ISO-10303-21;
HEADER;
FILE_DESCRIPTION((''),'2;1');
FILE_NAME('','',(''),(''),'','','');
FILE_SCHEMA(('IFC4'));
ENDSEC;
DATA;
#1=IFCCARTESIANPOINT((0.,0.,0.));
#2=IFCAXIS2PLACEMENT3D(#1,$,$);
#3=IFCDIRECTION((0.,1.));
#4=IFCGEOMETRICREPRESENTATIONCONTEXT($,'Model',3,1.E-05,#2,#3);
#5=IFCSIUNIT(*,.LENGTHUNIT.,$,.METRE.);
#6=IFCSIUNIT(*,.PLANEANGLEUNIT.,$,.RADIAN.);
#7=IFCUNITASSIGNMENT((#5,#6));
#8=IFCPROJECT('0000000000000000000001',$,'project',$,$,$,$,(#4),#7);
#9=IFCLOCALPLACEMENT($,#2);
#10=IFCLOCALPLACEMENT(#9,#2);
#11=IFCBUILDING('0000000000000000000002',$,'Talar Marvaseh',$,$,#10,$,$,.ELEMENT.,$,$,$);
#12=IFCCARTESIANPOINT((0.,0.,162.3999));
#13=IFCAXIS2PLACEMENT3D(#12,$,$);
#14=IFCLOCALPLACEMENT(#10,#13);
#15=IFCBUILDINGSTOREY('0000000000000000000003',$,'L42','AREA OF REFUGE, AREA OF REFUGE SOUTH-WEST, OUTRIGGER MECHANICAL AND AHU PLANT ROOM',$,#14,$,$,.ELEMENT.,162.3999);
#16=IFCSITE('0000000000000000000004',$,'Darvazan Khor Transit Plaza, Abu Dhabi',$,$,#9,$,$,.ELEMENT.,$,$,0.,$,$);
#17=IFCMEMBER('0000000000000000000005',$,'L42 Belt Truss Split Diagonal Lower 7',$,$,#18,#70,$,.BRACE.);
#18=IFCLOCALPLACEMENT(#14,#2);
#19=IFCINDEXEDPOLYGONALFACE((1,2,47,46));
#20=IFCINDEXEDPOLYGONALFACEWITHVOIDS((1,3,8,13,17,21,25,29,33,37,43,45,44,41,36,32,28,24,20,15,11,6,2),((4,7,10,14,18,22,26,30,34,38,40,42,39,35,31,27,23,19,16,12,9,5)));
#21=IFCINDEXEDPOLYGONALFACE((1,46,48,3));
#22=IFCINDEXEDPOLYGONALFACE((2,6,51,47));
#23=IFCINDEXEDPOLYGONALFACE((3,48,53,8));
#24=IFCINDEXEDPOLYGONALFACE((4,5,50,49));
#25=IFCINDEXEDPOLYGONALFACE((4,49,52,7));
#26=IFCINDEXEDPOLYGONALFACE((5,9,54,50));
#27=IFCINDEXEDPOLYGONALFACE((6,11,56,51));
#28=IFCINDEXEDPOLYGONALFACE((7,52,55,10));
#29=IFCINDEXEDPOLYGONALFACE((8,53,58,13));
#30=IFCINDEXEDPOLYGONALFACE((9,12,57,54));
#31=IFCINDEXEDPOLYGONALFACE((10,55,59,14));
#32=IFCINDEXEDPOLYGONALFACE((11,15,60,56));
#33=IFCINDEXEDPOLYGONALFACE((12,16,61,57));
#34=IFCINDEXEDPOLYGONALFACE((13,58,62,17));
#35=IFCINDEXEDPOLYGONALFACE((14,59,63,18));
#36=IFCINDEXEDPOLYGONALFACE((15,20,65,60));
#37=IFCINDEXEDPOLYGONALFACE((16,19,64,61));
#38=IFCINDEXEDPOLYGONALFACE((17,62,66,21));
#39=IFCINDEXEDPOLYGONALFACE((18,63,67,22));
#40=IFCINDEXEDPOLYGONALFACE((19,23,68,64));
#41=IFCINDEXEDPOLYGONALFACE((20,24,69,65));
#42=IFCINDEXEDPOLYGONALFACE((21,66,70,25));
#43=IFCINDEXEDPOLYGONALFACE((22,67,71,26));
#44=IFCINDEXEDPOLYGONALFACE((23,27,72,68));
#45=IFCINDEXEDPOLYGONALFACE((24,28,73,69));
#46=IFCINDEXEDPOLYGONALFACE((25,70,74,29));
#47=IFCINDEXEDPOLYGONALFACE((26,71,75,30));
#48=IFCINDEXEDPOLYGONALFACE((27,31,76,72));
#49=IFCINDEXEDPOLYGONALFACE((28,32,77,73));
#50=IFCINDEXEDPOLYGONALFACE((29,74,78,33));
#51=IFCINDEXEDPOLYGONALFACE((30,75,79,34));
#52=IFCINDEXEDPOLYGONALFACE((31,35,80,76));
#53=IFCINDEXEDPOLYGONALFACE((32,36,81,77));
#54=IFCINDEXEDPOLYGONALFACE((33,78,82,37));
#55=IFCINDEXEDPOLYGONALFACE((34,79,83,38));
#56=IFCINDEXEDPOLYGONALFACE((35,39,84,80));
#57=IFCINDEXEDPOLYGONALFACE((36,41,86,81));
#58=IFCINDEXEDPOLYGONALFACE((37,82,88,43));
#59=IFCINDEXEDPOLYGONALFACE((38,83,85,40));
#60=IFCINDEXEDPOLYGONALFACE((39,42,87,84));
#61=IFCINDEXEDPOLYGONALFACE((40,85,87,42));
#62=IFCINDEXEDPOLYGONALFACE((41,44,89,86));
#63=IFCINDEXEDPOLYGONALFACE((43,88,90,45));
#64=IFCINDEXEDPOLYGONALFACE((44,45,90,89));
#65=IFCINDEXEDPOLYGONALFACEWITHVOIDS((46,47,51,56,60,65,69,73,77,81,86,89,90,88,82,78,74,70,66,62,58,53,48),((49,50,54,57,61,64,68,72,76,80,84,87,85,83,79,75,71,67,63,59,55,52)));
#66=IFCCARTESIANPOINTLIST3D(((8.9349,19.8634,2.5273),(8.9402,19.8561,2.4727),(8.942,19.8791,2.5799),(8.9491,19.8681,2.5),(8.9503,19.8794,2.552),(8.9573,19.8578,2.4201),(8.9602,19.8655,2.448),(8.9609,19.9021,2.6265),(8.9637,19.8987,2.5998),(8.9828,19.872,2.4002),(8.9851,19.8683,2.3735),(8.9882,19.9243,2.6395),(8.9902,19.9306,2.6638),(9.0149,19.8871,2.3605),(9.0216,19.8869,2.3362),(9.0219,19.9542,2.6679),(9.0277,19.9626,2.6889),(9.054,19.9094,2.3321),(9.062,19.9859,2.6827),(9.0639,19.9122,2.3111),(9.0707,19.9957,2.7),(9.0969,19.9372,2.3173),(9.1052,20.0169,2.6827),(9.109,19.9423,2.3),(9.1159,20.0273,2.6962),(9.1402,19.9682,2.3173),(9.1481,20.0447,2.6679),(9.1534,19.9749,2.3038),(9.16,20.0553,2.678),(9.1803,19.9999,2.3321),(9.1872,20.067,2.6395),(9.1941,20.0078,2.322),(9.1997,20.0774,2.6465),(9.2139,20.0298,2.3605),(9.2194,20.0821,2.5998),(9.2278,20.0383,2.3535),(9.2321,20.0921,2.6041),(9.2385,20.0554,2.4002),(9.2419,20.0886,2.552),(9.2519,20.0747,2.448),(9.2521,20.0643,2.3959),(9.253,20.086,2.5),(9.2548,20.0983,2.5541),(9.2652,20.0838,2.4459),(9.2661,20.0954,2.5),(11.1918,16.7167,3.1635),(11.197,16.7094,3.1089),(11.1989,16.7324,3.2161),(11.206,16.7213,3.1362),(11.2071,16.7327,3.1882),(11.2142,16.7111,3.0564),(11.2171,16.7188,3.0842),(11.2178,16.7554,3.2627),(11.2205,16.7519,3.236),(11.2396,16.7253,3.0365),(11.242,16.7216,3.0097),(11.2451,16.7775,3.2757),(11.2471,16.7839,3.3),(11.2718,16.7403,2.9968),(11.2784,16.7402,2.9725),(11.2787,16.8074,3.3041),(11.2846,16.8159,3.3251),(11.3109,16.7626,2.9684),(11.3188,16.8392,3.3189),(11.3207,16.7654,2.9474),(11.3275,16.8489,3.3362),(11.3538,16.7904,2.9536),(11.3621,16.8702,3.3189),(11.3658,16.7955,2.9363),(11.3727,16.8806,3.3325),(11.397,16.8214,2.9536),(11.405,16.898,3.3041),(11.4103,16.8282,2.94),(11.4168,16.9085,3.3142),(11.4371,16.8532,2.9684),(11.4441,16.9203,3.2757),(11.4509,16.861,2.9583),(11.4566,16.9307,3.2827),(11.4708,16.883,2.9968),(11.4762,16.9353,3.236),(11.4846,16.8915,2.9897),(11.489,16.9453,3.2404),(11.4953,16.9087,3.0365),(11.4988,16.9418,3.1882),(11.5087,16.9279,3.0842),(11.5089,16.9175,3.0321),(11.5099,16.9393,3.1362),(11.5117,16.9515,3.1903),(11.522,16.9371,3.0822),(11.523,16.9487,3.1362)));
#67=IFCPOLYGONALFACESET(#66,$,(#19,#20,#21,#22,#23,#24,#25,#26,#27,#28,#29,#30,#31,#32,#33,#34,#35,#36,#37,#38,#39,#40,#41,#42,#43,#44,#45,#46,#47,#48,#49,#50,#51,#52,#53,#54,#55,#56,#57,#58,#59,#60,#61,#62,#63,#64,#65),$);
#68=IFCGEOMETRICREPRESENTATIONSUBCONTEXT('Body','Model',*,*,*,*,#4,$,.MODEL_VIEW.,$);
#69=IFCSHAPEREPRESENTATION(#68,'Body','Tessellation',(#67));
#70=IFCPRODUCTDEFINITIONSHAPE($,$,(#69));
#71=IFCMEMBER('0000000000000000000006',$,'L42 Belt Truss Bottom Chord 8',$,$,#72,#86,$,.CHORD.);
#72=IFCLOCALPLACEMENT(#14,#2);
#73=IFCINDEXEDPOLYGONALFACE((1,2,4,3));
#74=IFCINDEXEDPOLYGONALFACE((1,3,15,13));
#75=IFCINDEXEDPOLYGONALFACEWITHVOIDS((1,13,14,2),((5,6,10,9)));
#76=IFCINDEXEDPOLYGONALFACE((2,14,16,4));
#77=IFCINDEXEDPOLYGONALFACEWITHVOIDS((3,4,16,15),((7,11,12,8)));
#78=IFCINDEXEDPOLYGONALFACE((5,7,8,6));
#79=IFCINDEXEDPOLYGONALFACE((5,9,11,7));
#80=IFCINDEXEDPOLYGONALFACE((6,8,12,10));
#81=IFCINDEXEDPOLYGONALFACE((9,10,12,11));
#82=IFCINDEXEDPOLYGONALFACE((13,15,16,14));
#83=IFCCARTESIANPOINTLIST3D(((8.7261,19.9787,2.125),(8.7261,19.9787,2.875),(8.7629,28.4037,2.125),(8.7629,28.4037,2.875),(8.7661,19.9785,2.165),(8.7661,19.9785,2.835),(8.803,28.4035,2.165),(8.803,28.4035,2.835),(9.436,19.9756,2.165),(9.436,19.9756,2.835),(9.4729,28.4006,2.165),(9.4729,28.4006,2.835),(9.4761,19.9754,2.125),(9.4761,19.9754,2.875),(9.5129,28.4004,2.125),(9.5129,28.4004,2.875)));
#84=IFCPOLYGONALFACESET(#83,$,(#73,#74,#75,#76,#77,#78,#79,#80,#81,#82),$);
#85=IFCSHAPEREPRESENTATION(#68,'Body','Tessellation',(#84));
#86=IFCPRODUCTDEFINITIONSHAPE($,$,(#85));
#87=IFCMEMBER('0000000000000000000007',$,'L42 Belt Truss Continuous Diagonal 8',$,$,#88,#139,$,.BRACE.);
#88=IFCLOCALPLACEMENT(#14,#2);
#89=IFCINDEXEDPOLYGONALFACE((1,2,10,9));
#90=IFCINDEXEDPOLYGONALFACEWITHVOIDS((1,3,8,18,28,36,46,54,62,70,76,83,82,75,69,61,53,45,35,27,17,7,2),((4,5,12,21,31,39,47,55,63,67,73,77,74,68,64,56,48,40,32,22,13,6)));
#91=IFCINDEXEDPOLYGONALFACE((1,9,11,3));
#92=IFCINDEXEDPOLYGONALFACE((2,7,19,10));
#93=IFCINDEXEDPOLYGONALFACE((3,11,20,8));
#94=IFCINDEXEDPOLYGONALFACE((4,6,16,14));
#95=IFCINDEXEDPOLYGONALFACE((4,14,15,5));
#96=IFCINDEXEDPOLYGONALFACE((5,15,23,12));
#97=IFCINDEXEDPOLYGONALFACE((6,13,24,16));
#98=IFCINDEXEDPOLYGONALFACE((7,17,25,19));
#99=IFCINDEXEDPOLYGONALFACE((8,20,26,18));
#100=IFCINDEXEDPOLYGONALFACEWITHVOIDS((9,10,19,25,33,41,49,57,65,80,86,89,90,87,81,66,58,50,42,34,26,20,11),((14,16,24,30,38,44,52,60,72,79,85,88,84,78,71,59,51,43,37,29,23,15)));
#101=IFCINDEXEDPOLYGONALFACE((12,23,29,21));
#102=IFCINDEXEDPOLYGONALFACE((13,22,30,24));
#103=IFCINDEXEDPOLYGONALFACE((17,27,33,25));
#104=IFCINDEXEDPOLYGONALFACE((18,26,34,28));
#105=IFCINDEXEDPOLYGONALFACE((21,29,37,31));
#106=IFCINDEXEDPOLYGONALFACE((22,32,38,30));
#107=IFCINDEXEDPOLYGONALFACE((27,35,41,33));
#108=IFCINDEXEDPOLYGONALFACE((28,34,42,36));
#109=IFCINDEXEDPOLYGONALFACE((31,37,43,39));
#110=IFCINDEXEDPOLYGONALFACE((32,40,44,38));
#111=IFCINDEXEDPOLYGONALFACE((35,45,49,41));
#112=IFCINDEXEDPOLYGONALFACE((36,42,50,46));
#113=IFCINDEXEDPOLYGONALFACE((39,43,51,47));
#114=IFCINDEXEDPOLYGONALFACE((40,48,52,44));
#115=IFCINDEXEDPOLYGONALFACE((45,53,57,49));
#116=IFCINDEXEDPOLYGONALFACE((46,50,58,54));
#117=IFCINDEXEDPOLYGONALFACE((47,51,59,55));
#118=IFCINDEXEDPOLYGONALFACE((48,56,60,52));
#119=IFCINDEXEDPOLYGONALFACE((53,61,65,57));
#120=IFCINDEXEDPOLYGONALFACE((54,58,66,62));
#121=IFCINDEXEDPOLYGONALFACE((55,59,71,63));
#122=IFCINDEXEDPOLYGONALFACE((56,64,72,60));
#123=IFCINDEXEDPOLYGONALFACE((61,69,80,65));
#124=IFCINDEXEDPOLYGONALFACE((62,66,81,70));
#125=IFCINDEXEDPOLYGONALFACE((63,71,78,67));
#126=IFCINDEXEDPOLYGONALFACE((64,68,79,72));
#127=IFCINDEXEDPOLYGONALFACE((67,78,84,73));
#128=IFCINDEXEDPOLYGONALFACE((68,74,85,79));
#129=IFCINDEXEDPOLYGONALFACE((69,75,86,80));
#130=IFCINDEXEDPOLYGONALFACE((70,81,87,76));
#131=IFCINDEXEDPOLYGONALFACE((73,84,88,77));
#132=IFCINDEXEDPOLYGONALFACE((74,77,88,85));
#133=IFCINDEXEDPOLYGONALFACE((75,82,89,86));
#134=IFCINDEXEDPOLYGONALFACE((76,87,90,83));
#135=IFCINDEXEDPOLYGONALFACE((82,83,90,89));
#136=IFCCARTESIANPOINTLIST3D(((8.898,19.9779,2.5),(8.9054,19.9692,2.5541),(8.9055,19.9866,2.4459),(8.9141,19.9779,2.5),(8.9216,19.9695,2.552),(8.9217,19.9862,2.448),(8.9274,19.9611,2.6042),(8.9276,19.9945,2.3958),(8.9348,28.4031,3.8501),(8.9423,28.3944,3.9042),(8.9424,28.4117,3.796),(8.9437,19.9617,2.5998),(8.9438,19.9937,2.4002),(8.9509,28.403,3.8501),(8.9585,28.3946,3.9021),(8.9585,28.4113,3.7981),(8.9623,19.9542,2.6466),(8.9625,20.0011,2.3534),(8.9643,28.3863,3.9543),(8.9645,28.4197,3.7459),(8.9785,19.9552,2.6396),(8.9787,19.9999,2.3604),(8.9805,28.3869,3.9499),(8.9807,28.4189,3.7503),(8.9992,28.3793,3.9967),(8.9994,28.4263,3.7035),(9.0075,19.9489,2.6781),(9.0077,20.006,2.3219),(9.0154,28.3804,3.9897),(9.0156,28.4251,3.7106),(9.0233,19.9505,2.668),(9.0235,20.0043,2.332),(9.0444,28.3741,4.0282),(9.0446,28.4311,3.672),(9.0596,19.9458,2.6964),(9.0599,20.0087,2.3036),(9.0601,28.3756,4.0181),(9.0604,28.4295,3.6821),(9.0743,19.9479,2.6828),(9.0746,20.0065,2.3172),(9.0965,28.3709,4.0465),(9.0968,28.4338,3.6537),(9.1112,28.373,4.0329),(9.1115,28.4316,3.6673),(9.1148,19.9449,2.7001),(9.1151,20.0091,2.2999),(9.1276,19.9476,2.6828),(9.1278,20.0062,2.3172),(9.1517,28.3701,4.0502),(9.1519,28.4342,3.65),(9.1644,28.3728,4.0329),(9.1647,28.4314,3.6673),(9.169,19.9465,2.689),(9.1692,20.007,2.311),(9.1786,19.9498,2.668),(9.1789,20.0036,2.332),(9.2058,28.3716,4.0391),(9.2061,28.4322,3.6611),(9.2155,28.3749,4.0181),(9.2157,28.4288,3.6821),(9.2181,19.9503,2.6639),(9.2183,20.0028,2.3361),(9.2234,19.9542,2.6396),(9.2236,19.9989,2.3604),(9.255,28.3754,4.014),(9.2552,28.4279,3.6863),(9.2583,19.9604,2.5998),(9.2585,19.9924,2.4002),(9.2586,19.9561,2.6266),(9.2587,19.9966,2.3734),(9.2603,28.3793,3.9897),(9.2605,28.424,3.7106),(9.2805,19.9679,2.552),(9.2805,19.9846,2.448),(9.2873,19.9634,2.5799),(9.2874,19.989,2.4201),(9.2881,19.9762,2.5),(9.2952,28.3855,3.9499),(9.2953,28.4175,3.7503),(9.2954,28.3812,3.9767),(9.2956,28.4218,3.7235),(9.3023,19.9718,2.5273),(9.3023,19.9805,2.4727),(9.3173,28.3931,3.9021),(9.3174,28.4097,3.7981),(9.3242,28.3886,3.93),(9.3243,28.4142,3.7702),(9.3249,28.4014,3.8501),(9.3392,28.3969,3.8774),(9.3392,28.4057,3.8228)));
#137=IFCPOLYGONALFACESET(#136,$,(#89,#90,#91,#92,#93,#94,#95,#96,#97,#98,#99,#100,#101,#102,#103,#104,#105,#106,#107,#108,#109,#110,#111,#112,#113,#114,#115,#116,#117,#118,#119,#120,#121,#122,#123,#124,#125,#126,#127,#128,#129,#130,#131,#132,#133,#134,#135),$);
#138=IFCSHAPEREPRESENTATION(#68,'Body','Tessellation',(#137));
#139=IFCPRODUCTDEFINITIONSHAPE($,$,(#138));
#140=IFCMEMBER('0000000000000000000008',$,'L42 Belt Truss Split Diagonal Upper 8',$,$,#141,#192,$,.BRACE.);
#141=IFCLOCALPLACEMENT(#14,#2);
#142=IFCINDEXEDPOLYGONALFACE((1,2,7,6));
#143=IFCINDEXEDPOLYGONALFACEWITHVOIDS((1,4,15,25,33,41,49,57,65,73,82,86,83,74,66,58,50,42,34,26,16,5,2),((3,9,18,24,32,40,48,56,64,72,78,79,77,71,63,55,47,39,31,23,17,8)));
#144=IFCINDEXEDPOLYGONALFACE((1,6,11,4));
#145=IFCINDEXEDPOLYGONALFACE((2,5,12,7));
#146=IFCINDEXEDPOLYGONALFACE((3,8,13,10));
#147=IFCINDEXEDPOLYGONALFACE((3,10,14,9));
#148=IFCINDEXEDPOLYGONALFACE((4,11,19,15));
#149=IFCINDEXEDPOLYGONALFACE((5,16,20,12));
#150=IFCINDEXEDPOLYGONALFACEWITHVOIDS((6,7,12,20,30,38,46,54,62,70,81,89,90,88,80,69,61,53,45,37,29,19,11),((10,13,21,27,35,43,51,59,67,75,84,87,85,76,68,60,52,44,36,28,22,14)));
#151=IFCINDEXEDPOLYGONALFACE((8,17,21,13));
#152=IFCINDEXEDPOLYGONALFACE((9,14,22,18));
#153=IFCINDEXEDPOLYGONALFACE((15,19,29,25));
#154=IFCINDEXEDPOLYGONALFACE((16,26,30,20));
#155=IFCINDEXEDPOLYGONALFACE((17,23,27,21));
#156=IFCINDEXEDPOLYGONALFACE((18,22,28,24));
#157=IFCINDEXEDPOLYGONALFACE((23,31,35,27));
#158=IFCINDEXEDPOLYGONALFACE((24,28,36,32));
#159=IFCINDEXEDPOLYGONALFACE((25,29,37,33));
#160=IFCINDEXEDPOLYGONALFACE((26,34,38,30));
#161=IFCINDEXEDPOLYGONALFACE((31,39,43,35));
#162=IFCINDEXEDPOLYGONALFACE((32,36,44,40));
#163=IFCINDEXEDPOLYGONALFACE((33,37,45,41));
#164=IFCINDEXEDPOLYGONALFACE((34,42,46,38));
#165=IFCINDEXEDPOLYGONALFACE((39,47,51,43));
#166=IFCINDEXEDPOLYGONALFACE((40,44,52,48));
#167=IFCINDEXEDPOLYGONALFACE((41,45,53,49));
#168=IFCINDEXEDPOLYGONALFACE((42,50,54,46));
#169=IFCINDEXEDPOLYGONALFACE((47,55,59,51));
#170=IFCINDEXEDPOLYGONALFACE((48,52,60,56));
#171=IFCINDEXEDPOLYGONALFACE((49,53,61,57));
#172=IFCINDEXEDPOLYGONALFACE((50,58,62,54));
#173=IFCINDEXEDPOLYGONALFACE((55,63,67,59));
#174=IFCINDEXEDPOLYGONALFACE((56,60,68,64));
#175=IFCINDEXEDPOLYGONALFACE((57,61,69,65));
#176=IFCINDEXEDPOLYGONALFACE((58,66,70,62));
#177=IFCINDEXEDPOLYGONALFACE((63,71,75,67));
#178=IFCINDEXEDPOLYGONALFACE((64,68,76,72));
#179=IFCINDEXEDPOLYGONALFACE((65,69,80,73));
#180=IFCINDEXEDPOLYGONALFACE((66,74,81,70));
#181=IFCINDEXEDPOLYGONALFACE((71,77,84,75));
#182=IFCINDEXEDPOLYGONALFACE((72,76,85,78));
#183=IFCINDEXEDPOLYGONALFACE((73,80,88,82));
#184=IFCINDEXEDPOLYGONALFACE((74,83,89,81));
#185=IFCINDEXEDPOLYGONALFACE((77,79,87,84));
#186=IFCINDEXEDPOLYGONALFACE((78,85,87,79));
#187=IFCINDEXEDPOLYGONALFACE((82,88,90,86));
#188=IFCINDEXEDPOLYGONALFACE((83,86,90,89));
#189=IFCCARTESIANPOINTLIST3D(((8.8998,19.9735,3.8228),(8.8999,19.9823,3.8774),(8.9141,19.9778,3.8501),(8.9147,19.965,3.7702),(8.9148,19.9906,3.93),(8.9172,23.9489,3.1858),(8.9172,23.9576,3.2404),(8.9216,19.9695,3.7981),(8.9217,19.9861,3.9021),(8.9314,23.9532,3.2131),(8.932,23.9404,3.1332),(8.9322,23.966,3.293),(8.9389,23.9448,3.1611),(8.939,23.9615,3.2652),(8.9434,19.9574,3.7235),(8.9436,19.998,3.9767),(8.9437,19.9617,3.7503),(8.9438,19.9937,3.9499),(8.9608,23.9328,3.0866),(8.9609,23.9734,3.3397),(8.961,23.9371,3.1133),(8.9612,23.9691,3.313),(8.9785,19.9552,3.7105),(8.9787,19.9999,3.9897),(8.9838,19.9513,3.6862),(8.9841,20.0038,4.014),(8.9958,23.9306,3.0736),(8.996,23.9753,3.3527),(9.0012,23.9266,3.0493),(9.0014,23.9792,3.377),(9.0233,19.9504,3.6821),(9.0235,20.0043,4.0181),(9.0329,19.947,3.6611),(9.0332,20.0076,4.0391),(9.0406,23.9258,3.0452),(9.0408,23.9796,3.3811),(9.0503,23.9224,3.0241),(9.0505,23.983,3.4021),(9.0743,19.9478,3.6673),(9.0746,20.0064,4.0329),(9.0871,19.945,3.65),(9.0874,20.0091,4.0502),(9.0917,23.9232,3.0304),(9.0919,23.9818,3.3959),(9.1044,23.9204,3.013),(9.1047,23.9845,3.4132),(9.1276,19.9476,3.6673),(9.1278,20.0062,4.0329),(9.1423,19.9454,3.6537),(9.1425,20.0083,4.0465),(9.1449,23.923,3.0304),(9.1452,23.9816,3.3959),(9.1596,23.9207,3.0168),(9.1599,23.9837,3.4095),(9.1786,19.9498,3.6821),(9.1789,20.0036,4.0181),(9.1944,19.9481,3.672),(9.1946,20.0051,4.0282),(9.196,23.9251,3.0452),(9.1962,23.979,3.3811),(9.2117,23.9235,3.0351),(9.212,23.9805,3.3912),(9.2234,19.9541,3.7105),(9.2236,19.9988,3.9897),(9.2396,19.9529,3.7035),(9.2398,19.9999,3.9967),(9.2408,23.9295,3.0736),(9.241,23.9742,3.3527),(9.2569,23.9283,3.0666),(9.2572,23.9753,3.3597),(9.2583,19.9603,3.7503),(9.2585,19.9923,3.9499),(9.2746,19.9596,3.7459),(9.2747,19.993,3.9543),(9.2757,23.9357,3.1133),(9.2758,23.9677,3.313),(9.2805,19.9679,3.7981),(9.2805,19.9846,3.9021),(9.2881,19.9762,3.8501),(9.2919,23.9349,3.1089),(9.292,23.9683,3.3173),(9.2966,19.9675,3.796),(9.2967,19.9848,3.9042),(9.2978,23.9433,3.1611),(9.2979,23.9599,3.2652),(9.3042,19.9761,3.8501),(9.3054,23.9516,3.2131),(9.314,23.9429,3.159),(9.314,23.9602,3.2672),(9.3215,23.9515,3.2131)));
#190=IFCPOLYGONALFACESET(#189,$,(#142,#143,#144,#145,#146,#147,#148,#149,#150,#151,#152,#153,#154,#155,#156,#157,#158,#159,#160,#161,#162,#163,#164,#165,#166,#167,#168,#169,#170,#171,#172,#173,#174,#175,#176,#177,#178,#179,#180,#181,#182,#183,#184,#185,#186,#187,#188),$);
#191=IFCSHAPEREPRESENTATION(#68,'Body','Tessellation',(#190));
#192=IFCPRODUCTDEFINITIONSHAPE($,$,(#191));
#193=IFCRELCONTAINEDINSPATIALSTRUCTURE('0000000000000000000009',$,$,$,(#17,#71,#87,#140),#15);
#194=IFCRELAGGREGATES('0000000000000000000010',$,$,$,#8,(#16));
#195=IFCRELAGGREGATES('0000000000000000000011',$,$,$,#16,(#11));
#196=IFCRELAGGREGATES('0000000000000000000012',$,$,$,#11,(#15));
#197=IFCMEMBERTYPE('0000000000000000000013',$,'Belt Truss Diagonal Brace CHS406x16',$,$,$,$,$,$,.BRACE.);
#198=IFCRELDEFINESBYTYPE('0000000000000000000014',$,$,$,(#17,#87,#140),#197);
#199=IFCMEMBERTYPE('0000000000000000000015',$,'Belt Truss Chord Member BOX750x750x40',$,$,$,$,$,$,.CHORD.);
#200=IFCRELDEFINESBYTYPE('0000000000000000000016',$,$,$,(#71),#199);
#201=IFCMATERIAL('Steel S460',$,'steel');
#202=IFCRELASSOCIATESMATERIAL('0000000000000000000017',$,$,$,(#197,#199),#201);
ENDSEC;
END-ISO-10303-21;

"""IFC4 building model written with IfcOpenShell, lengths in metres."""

from ifc_helpers import new_model, si_unit, direction, frame, origin, origin_2d, place, context, subcontext, project, spatial, hollow_rectangle, hollow_circle, extrude, source, transform, mapped, material, material_profile, profile_set, type_object, type_shapes, element, save


model = new_model("IFC4")

# Units and contexts
model_context = context("Model", 3, precision=1e-05, world=origin(), true_north=direction((0.0, 1.0)))
body_context = subcontext(model_context, "Body", "Model", "MODEL_VIEW")
ifc_project = project(units=[si_unit("LENGTHUNIT", "METRE"), si_unit("PLANEANGLEUNIT", "RADIAN")], contexts=[model_context])

# Site, building, storey
site_placement = place(None, origin())
site = spatial("IfcSite", under=ifc_project, at=site_placement, Name="Darvazan Khor Transit Plaza, Abu Dhabi", CompositionType="ELEMENT", RefElevation=0.0)
building_placement = place(site_placement, origin())
building = spatial("IfcBuilding", under=site, at=building_placement, Name="Talar Marvaseh", CompositionType="ELEMENT")
storey_placement = place(building_placement, frame((0.0, 0.0, 162.3999)))
storey = spatial("IfcBuildingStorey", under=building, at=storey_placement, Name="L42", Description="AREA OF REFUGE, AREA OF REFUGE SOUTH-WEST, OUTRIGGER MECHANICAL AND AHU PLANT ROOM", CompositionType="ELEMENT", Elevation=162.3999)

# Shared definitions
ifc_material_1 = material(Name="Steel S460", Category="steel")

# Members
ifc_material_profile_1 = material_profile(ifc_material_1, hollow_circle(Radius=0.2031, WallThickness=0.0161, at=origin_2d()), Name="CHS406x16")
ifc_profile_set_1 = profile_set([ifc_material_profile_1], Name="Steel S460")
member_type_1 = type_object("IfcMemberType", Name="Belt Truss Diagonal Brace CHS406x16", PredefinedType="BRACE", material=ifc_profile_set_1)
shared_shape_1 = source(origin(), body_context, "Body", "SweptSolid", [
    extrude(hollow_circle(Radius=0.2031, WallThickness=0.0161, at=origin_2d()), origin(), (0.0, 0.0, 1.0), 3.9243),
])
member_1_placement = place(storey_placement, frame((9.1011, 19.9771, 2.5), z_axis=(0.575095, -0.801861, 0.162127), x_axis=(0.812612, 0.582806, 0.0)))
element("IfcMember", 1, at=member_1_placement, inside=storey, type_object=member_type_1, Name="L42 Belt Truss Split Diagonal Lower 7", PredefinedType="BRACE", context=body_context, shape_type="MappedRepresentation", body=[
    mapped(shared_shape_1, transform((0.0, 0.0, 0.0), x_axis=(1.0, 0.0, 0.0), y_axis=(0.0, 1.0, 0.0), z_axis=(0.0, 0.0, 1.0), scale=1.0)),
])
ifc_material_profile_2 = material_profile(ifc_material_1, hollow_rectangle(XDim=0.75, YDim=0.75, WallThickness=0.04, at=origin_2d()), Name="BOX750x750x40")
ifc_profile_set_2 = profile_set([ifc_material_profile_2], Name="Steel S460")
member_type_2 = type_object("IfcMemberType", Name="Belt Truss Chord Member BOX750x750x40", PredefinedType="CHORD", material=ifc_profile_set_2)
shared_shape_2 = source(origin(), body_context, "Body", "SweptSolid", [
    extrude(hollow_rectangle(XDim=0.75, YDim=0.75, WallThickness=0.04, at=origin_2d()), origin(), (0.0, 0.0, 1.0), 8.425),
])
type_shapes(member_type_2, [shared_shape_2])
member_2_placement = place(storey_placement, frame((9.1011, 19.9771, 2.5), z_axis=(0.004376, 0.99999, 0.0), x_axis=(-0.99999, 0.004376, 0.0)))
element("IfcMember", 2, at=member_2_placement, inside=storey, type_object=member_type_2, Name="L42 Belt Truss Bottom Chord 8", PredefinedType="CHORD", context=body_context, shape_type="MappedRepresentation", body=[
    mapped(shared_shape_2, transform((0.0, 0.0, 0.0), x_axis=(1.0, 0.0, 0.0), y_axis=(0.0, 1.0, 0.0), z_axis=(0.0, 0.0, 1.0), scale=1.0)),
])
shared_shape_3 = source(origin(), body_context, "Body", "SweptSolid", [
    extrude(hollow_circle(Radius=0.2031, WallThickness=0.0161, at=origin_2d()), origin(), (0.0, 0.0, 1.0), 8.5327),
])
member_3_placement = place(storey_placement, frame((9.1011, 19.9771, 2.5), z_axis=(0.004321, 0.987393, 0.158228), x_axis=(-0.99999, 0.004376, 0.0)))
element("IfcMember", 3, at=member_3_placement, inside=storey, type_object=member_type_1, Name="L42 Belt Truss Continuous Diagonal 8", PredefinedType="BRACE", context=body_context, shape_type="MappedRepresentation", body=[
    mapped(shared_shape_3, transform((0.0, 0.0, 0.0), x_axis=(1.0, 0.0, 0.0), y_axis=(0.0, 1.0, 0.0), z_axis=(0.0, 0.0, 1.0), scale=1.0)),
])
shared_shape_4 = source(origin(), body_context, "Body", "SweptSolid", [
    extrude(hollow_circle(Radius=0.2031, WallThickness=0.0161, at=origin_2d()), origin(), (0.0, 0.0, 1.0), 4.0261),
])
type_shapes(member_type_1, [shared_shape_1, shared_shape_3, shared_shape_4])
member_4_placement = place(storey_placement, frame((9.1184, 23.9524, 3.2131), z_axis=(-0.004305, -0.987396, 0.158209), x_axis=(0.99999, -0.00436, 0.0)))
element("IfcMember", 4, at=member_4_placement, inside=storey, type_object=member_type_1, Name="L42 Belt Truss Split Diagonal Upper 8", PredefinedType="BRACE", context=body_context, shape_type="MappedRepresentation", body=[
    mapped(shared_shape_4, transform((0.0, 0.0, 0.0), x_axis=(1.0, 0.0, 0.0), y_axis=(0.0, 1.0, 0.0), z_axis=(0.0, 0.0, 1.0), scale=1.0)),
])

save(model, "model.ifc")
